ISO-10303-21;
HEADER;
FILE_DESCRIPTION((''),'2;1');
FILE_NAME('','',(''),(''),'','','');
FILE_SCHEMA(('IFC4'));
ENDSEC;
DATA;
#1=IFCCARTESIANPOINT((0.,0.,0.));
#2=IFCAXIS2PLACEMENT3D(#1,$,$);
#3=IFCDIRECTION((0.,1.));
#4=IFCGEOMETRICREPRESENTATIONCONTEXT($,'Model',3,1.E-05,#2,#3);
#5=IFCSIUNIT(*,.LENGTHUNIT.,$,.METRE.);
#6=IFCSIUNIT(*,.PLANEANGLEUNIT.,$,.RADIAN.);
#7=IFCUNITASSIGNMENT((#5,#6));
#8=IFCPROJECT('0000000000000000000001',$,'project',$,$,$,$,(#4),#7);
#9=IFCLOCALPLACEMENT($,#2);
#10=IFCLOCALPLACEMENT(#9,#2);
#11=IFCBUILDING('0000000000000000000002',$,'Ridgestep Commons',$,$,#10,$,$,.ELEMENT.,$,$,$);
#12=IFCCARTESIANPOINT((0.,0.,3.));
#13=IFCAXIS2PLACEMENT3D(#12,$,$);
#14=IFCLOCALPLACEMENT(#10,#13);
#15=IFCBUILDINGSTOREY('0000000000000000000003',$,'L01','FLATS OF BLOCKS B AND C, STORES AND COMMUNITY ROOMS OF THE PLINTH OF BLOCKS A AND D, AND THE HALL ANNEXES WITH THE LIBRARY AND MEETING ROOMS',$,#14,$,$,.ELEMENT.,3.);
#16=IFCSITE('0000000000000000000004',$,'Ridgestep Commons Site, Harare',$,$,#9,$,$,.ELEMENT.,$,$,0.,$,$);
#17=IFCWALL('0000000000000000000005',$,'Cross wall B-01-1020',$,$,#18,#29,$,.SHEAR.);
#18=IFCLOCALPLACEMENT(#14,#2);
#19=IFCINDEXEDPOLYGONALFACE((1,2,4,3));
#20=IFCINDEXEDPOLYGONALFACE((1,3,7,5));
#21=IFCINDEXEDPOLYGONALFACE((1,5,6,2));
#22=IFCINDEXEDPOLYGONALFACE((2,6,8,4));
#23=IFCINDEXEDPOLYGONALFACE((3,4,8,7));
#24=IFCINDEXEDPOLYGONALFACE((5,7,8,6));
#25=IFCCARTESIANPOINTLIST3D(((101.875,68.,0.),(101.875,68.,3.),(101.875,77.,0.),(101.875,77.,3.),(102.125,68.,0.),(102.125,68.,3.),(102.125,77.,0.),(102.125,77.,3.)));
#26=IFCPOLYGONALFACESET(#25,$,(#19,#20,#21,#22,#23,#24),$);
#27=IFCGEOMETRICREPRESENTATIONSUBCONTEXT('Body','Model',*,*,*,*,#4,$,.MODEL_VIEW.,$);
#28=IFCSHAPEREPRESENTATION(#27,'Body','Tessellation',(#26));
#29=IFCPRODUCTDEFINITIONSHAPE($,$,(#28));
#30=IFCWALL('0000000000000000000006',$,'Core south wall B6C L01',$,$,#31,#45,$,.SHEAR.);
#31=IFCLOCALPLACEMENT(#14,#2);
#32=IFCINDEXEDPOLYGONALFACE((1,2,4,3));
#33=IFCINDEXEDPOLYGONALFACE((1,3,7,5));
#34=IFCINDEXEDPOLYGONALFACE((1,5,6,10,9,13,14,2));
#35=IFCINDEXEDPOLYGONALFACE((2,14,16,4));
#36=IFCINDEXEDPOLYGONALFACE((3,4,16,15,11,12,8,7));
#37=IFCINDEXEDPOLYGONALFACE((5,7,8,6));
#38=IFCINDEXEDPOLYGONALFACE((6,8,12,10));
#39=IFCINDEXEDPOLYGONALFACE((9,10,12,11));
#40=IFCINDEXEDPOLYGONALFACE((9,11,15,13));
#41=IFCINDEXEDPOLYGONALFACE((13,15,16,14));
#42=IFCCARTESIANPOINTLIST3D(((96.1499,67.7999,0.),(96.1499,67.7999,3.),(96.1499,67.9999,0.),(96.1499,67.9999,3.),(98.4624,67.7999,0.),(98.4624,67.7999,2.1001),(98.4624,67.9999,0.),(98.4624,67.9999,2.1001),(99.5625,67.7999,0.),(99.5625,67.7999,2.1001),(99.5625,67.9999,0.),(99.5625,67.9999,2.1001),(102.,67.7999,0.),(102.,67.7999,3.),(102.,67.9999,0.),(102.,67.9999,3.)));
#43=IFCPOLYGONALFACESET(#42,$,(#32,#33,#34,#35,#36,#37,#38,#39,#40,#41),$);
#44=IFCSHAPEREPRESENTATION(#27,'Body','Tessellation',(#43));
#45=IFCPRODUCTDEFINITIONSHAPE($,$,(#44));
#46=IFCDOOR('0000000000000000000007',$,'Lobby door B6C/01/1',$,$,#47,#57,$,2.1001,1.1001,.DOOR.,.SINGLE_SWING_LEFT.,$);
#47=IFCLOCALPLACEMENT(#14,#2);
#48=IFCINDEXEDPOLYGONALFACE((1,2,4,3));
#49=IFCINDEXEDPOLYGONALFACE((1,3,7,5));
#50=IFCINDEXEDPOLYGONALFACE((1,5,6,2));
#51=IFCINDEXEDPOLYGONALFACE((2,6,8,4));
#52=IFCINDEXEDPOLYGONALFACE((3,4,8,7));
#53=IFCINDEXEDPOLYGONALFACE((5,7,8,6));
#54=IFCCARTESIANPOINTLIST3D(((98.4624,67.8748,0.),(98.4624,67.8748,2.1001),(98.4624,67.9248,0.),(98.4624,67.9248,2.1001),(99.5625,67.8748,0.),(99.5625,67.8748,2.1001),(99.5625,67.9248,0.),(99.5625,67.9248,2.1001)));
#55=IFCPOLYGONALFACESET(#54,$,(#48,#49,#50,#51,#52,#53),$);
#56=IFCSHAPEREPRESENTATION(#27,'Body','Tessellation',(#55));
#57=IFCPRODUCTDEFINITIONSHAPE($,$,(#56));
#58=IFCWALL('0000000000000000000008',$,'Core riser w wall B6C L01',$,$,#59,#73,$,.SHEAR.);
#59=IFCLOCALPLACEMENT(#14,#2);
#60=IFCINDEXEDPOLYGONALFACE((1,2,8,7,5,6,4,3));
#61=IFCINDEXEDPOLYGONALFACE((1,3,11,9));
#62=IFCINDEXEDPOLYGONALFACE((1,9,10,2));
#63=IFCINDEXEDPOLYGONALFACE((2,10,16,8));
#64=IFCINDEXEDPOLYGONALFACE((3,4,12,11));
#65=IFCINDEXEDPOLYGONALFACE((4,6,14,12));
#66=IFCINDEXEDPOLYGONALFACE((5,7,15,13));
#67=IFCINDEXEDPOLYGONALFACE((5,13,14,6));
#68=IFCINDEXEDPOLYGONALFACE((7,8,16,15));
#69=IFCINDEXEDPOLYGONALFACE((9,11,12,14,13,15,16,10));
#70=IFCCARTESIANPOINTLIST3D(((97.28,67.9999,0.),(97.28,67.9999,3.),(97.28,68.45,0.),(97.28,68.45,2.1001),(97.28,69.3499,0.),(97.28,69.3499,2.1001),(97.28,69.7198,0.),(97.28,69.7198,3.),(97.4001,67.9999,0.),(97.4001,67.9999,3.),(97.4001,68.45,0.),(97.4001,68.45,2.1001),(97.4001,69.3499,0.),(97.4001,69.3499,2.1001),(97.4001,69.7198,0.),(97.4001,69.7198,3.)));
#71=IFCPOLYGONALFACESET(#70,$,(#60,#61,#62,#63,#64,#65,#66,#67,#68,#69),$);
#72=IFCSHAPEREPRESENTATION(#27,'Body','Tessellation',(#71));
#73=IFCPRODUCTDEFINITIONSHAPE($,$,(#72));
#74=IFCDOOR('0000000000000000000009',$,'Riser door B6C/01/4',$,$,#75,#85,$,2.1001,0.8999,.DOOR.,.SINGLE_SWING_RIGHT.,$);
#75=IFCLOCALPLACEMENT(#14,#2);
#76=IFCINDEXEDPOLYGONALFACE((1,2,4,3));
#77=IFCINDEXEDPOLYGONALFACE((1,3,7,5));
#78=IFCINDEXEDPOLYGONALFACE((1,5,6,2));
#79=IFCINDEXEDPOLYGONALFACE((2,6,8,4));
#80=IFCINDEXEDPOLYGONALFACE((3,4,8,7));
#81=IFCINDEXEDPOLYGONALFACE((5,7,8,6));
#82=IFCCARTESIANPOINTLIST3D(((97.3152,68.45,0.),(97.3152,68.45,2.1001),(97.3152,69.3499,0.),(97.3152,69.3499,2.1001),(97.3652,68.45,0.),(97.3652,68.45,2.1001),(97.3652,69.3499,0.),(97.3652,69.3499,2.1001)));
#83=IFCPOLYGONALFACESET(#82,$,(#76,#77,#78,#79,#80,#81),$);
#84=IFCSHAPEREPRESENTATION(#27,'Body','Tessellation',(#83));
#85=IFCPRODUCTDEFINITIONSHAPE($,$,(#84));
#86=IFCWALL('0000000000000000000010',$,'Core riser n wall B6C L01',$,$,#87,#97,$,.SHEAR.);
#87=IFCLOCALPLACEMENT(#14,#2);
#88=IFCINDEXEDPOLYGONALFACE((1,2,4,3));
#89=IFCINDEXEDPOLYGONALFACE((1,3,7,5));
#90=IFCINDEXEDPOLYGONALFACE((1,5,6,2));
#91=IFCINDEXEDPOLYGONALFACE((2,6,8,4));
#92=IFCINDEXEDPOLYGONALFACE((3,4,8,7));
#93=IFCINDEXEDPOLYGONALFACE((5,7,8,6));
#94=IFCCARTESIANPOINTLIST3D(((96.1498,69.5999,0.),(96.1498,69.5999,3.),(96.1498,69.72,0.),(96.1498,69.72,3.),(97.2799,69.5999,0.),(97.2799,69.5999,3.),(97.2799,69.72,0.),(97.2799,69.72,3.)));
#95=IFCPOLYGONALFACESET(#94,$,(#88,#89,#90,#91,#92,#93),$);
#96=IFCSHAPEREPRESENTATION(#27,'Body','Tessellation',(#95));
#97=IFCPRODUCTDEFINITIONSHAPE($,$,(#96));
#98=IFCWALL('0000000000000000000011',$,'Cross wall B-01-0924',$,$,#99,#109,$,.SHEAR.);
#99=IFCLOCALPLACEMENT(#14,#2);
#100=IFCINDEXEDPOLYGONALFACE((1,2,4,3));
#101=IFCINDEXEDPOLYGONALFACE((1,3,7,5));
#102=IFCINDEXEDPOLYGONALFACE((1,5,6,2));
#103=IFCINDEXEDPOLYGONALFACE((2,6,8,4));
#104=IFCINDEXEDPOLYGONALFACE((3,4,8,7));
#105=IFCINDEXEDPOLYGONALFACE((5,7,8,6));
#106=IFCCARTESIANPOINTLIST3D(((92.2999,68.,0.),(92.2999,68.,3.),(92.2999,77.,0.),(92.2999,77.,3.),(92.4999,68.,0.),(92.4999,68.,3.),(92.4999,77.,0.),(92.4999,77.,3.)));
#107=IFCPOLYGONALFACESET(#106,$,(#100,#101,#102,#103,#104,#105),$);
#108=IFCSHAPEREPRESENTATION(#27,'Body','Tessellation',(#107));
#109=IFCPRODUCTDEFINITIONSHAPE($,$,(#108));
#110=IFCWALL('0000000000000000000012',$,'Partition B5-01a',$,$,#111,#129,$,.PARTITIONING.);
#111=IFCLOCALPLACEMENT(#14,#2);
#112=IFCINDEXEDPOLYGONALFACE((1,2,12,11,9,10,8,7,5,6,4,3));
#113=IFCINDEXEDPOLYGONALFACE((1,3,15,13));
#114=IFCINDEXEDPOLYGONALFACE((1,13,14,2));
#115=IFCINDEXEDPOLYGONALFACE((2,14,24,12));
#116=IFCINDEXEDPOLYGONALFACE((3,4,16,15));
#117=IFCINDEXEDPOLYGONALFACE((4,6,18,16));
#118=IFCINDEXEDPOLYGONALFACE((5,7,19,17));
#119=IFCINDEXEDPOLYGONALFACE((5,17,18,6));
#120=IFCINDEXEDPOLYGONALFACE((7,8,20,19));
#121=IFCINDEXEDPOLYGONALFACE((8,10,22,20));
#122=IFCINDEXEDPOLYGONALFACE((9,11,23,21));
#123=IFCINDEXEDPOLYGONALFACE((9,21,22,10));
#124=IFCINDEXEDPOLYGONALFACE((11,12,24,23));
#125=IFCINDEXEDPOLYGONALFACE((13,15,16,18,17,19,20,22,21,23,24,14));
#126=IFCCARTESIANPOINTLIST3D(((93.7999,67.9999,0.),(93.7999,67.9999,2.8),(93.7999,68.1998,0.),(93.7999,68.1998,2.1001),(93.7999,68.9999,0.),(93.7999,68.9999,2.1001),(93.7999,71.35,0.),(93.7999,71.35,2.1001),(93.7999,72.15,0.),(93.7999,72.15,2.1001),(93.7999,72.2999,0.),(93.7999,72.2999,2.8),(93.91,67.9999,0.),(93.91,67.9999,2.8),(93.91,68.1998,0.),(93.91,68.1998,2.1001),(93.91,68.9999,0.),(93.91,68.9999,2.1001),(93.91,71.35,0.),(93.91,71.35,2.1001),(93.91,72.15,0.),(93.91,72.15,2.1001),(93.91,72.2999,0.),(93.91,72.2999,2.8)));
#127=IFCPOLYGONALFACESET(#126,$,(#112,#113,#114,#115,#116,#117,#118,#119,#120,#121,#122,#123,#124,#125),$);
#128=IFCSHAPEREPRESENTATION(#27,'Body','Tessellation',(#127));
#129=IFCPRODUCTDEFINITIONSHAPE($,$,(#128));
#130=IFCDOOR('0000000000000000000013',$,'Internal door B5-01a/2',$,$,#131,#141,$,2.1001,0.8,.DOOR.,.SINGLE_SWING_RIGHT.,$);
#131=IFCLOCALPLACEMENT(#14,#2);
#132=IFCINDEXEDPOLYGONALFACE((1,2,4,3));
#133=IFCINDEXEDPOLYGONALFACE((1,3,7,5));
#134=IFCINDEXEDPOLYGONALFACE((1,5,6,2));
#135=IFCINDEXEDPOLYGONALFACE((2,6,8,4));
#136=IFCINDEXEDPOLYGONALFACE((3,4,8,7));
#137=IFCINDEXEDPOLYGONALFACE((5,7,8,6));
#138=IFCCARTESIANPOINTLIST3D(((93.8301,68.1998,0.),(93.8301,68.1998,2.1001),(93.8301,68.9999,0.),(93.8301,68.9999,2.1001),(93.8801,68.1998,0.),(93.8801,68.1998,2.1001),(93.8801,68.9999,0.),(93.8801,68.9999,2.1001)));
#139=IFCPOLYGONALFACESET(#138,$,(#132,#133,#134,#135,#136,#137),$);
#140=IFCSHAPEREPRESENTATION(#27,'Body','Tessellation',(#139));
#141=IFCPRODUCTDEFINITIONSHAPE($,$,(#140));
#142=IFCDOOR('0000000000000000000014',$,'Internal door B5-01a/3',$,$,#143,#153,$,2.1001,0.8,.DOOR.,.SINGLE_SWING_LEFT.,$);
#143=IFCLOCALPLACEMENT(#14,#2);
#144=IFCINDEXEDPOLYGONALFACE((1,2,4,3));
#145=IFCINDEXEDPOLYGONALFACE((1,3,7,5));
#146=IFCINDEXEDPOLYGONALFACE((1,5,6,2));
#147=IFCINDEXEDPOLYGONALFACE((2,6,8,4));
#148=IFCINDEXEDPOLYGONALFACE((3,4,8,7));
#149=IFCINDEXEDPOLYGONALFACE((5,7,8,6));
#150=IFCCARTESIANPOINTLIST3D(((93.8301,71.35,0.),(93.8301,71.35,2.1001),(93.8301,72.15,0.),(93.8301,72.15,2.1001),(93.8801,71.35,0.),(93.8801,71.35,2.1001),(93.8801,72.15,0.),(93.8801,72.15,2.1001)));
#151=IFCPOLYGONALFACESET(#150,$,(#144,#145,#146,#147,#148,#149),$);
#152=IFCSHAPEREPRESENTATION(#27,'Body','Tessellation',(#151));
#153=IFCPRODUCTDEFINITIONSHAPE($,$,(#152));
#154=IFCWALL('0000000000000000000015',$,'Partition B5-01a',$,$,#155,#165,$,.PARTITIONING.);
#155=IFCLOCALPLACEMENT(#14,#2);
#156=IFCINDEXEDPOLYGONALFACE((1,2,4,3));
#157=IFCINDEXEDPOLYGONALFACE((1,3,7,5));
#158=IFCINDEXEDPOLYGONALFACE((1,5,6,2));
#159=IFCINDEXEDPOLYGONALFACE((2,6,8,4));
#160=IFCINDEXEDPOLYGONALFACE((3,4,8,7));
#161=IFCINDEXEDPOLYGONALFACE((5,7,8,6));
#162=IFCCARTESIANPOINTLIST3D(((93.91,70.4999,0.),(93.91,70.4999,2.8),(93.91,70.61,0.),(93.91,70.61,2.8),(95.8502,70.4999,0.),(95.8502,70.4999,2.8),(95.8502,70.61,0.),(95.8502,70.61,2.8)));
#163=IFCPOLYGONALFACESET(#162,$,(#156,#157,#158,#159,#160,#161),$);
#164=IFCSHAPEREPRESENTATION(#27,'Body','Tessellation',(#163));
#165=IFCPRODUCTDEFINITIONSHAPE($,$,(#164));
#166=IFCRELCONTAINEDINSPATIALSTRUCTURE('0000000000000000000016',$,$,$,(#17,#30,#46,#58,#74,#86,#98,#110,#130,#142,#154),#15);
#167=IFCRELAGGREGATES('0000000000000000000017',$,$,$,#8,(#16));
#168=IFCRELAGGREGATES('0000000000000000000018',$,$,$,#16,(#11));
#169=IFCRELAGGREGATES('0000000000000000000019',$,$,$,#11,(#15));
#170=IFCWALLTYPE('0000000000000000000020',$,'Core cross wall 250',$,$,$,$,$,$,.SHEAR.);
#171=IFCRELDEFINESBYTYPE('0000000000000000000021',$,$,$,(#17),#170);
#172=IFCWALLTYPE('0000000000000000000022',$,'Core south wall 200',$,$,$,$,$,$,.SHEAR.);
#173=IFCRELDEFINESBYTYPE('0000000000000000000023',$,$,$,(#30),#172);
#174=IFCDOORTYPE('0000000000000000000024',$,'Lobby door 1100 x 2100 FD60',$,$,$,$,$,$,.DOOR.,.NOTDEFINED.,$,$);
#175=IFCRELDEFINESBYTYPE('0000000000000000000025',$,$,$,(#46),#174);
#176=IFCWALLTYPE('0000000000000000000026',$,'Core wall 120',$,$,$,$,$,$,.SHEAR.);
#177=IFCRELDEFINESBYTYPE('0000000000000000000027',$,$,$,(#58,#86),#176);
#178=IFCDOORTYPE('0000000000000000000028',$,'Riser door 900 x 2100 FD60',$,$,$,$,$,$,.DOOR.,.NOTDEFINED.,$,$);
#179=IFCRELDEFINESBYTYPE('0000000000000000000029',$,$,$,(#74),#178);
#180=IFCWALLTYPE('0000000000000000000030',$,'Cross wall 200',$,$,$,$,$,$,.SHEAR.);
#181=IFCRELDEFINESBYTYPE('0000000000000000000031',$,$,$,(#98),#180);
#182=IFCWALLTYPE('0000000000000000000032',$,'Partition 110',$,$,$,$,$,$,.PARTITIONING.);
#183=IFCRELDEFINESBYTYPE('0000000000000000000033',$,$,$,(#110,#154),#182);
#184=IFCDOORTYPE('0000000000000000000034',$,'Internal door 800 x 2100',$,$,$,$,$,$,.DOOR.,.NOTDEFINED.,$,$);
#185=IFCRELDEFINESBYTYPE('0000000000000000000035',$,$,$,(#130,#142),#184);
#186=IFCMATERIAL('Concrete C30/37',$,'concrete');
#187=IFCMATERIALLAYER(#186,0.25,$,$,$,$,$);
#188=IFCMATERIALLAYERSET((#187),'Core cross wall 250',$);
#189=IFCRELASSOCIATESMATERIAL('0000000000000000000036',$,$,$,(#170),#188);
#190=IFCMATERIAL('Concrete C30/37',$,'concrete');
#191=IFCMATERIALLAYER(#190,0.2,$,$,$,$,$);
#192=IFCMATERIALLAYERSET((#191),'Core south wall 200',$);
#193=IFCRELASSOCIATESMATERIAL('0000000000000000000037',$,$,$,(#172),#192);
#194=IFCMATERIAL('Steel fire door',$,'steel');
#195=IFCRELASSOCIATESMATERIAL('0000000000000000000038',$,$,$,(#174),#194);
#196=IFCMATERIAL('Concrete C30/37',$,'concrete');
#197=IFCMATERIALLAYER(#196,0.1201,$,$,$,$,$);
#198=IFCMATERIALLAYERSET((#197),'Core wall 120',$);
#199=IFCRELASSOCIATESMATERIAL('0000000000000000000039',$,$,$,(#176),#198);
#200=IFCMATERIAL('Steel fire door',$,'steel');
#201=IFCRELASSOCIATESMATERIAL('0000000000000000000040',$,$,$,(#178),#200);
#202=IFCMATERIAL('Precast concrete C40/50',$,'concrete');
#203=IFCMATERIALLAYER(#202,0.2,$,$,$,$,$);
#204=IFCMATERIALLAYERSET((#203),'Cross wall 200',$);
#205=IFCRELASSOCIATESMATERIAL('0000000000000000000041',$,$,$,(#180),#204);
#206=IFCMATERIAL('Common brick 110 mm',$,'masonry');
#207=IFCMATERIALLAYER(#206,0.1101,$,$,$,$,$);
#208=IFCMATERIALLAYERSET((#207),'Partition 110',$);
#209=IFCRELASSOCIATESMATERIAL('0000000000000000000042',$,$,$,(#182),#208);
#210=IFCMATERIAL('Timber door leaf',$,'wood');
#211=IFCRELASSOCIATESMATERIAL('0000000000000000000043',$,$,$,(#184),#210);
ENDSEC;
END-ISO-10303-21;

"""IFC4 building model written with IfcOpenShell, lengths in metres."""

from ifc_helpers import new_model, si_unit, direction, frame, frame_2d, origin, place, context, subcontext, project, spatial, rectangle, extrude, material, layer, layer_set, type_object, element, fill, save


model = new_model("IFC4")

# Units and contexts
model_context = context("Model", 3, precision=1e-05, world=origin(), true_north=direction((0.0, 1.0)))
body_context = subcontext(model_context, "Body", "Model", "MODEL_VIEW")
ifc_project = project(units=[si_unit("LENGTHUNIT", "METRE"), si_unit("PLANEANGLEUNIT", "RADIAN")], contexts=[model_context])

# Site, building, storey
site_placement = place(None, origin())
site = spatial("IfcSite", under=ifc_project, at=site_placement, Name="Ridgestep Commons Site, Harare", CompositionType="ELEMENT", RefElevation=0.0)
building_placement = place(site_placement, origin())
building = spatial("IfcBuilding", under=site, at=building_placement, Name="Ridgestep Commons", CompositionType="ELEMENT")
storey_placement = place(building_placement, frame((0.0, 0.0, 3.0)))
storey = spatial("IfcBuildingStorey", under=building, at=storey_placement, Name="L01", Description="FLATS OF BLOCKS B AND C, STORES AND COMMUNITY ROOMS OF THE PLINTH OF BLOCKS A AND D, AND THE HALL ANNEXES WITH THE LIBRARY AND MEETING ROOMS", CompositionType="ELEMENT", Elevation=3.0)

# Wall
ifc_material_1 = material(Name="Concrete C30/37", Category="concrete")
ifc_layer_1 = layer(ifc_material_1, 0.25)
ifc_layer_set_1 = layer_set([ifc_layer_1], Name="Core cross wall 250")
wall_type_1 = type_object("IfcWallType", Name="Core cross wall 250", PredefinedType="SHEAR", material=ifc_layer_set_1)
wall_1_placement = place(storey_placement, frame((102.0, 68.0, 0.0), z_axis=(0.0, 0.0, 1.0), x_axis=(0.0, 1.0, 0.0)))
element("IfcWall", 1, at=wall_1_placement, inside=storey, type_object=wall_type_1, Name="Cross wall B-01-1020", PredefinedType="SHEAR", context=body_context, shape_type="SweptSolid", body=[
    extrude(rectangle(XDim=9.0, YDim=0.25, at=frame_2d((4.5, 0.0))), origin(), (0.0, 0.0, 1.0), 3.0),
])

# Walls, openings, doors
ifc_material_2 = material(Name="Concrete C30/37", Category="concrete")
ifc_layer_2 = layer(ifc_material_2, 0.2)
ifc_layer_set_2 = layer_set([ifc_layer_2], Name="Core south wall 200")
wall_type_2 = type_object("IfcWallType", Name="Core south wall 200", PredefinedType="SHEAR", material=ifc_layer_set_2)
wall_2_placement = place(storey_placement, frame((96.1499, 67.8999, 0.0), z_axis=(0.0, 0.0, 1.0), x_axis=(1.0, 0.0, 0.0)))
wall_2 = element("IfcWall", 2, at=wall_2_placement, inside=storey, type_object=wall_type_2, Name="Core south wall B6C L01", PredefinedType="SHEAR", context=body_context, shape_type="SweptSolid", body=[
    extrude(rectangle(XDim=5.8501, YDim=0.2, at=frame_2d((2.925, 0.0))), origin(), (0.0, 0.0, 1.0), 3.0),
])
opening_1_placement = place(wall_2_placement, frame((2.3125, 0.0, 0.0)))
opening_1 = element("IfcOpeningElement", 3, at=opening_1_placement, cuts=wall_2, PredefinedType="OPENING", context=body_context, shape_type="SweptSolid", body=[
    extrude(rectangle(XDim=1.1001, YDim=2.1001, at=frame_2d((0.55, 1.05))), frame((0.0, 0.1099, 0.0), z_axis=(0.0, -1.0, 0.0), x_axis=(1.0, 0.0, 0.0)), (0.0, 0.0, 1.0), 0.22),
])
ifc_material_3 = material(Name="Steel fire door", Category="steel")
door_type_1 = type_object("IfcDoorType", Name="Lobby door 1100 x 2100 FD60", OperationType="NOTDEFINED", PredefinedType="DOOR", material=ifc_material_3)
door_1_placement = place(opening_1_placement, origin())
door_1 = element("IfcDoor", 4, at=door_1_placement, inside=storey, type_object=door_type_1, Name="Lobby door B6C/01/1", OperationType="SINGLE_SWING_LEFT", OverallHeight=2.1001, OverallWidth=1.1001, PredefinedType="DOOR", context=body_context, shape_type="SweptSolid", body=[
    extrude(rectangle(XDim=1.1001, YDim=2.1001, at=frame_2d((0.55, 1.05))), frame((0.0, 0.0249, 0.0), z_axis=(0.0, -1.0, 0.0), x_axis=(1.0, 0.0, 0.0)), (0.0, 0.0, 1.0), 0.05),
])
fill(opening_1, door_1)
ifc_material_4 = material(Name="Concrete C30/37", Category="concrete")
ifc_layer_3 = layer(ifc_material_4, 0.1201)
ifc_layer_set_3 = layer_set([ifc_layer_3], Name="Core wall 120")
wall_type_3 = type_object("IfcWallType", Name="Core wall 120", PredefinedType="SHEAR", material=ifc_layer_set_3)
wall_3_placement = place(storey_placement, frame((97.3401, 68.0, 0.0), z_axis=(0.0, 0.0, 1.0), x_axis=(0.0, 1.0, 0.0)))
wall_3 = element("IfcWall", 5, at=wall_3_placement, inside=storey, type_object=wall_type_3, Name="Core riser w wall B6C L01", PredefinedType="SHEAR", context=body_context, shape_type="SweptSolid", body=[
    extrude(rectangle(XDim=1.72, YDim=0.1201, at=frame_2d((0.8599, 0.0))), origin(), (0.0, 0.0, 1.0), 3.0),
])
opening_2_placement = place(wall_3_placement, frame((0.45, 0.0, 0.0)))
opening_2 = element("IfcOpeningElement", 6, at=opening_2_placement, cuts=wall_3, PredefinedType="OPENING", context=body_context, shape_type="SweptSolid", body=[
    extrude(rectangle(XDim=0.8999, YDim=2.1001, at=frame_2d((0.45, 1.05))), frame((0.0, 0.0701, 0.0), z_axis=(0.0, -1.0, 0.0), x_axis=(1.0, 0.0, 0.0)), (0.0, 0.0, 1.0), 0.1401),
])
ifc_material_5 = material(Name="Steel fire door", Category="steel")
door_type_2 = type_object("IfcDoorType", Name="Riser door 900 x 2100 FD60", OperationType="NOTDEFINED", PredefinedType="DOOR", material=ifc_material_5)
door_2_placement = place(opening_2_placement, origin())
door_2 = element("IfcDoor", 7, at=door_2_placement, inside=storey, type_object=door_type_2, Name="Riser door B6C/01/4", OperationType="SINGLE_SWING_RIGHT", OverallHeight=2.1001, OverallWidth=0.8999, PredefinedType="DOOR", context=body_context, shape_type="SweptSolid", body=[
    extrude(rectangle(XDim=0.8999, YDim=2.1001, at=frame_2d((0.45, 1.05))), frame((0.0, 0.0249, 0.0), z_axis=(0.0, -1.0, 0.0), x_axis=(1.0, 0.0, 0.0)), (0.0, 0.0, 1.0), 0.05),
])
fill(opening_2, door_2)

# Walls
wall_4_placement = place(storey_placement, frame((96.1499, 69.6599, 0.0), z_axis=(0.0, 0.0, 1.0), x_axis=(1.0, 0.0, 0.0)))
element("IfcWall", 8, at=wall_4_placement, inside=storey, type_object=wall_type_3, Name="Core riser n wall B6C L01", PredefinedType="SHEAR", context=body_context, shape_type="SweptSolid", body=[
    extrude(rectangle(XDim=1.1301, YDim=0.1201, at=frame_2d((0.5649, 0.0))), origin(), (0.0, 0.0, 1.0), 3.0),
])
ifc_material_6 = material(Name="Precast concrete C40/50", Category="concrete")
ifc_layer_4 = layer(ifc_material_6, 0.2)
ifc_layer_set_4 = layer_set([ifc_layer_4], Name="Cross wall 200")
wall_type_4 = type_object("IfcWallType", Name="Cross wall 200", PredefinedType="SHEAR", material=ifc_layer_set_4)
wall_5_placement = place(storey_placement, frame((92.3999, 68.0, 0.0), z_axis=(0.0, 0.0, 1.0), x_axis=(0.0, 1.0, 0.0)))
element("IfcWall", 9, at=wall_5_placement, inside=storey, type_object=wall_type_4, Name="Cross wall B-01-0924", PredefinedType="SHEAR", context=body_context, shape_type="SweptSolid", body=[
    extrude(rectangle(XDim=9.0, YDim=0.2, at=frame_2d((4.5, 0.0))), origin(), (0.0, 0.0, 1.0), 3.0),
])

# Wall, openings, doors
ifc_material_7 = material(Name="Common brick 110 mm", Category="masonry")
ifc_layer_5 = layer(ifc_material_7, 0.1101)
ifc_layer_set_5 = layer_set([ifc_layer_5], Name="Partition 110")
wall_type_5 = type_object("IfcWallType", Name="Partition 110", PredefinedType="PARTITIONING", material=ifc_layer_set_5)
wall_6_placement = place(storey_placement, frame((93.855, 68.0, 0.0), z_axis=(0.0, 0.0, 1.0), x_axis=(0.0, 1.0, 0.0)))
wall_6 = element("IfcWall", 10, at=wall_6_placement, inside=storey, type_object=wall_type_5, Name="Partition B5-01a", PredefinedType="PARTITIONING", context=body_context, shape_type="SweptSolid", body=[
    extrude(rectangle(XDim=4.3, YDim=0.1101, at=frame_2d((2.1499, 0.0))), origin(), (0.0, 0.0, 1.0), 2.8),
])
opening_3_placement = place(wall_6_placement, frame((0.2, 0.0, 0.0)))
opening_3 = element("IfcOpeningElement", 11, at=opening_3_placement, cuts=wall_6, PredefinedType="OPENING", context=body_context, shape_type="SweptSolid", body=[
    extrude(rectangle(XDim=0.8, YDim=2.1001, at=frame_2d((0.3999, 1.05))), frame((0.0, 0.0649, 0.0), z_axis=(0.0, -1.0, 0.0), x_axis=(1.0, 0.0, 0.0)), (0.0, 0.0, 1.0), 0.1301),
])
opening_4_placement = place(wall_6_placement, frame((3.3501, 0.0, 0.0)))
opening_4 = element("IfcOpeningElement", 12, at=opening_4_placement, cuts=wall_6, PredefinedType="OPENING", context=body_context, shape_type="SweptSolid", body=[
    extrude(rectangle(XDim=0.8, YDim=2.1001, at=frame_2d((0.3999, 1.05))), frame((0.0, 0.0649, 0.0), z_axis=(0.0, -1.0, 0.0), x_axis=(1.0, 0.0, 0.0)), (0.0, 0.0, 1.0), 0.1301),
])
ifc_material_8 = material(Name="Timber door leaf", Category="wood")
door_type_3 = type_object("IfcDoorType", Name="Internal door 800 x 2100", OperationType="NOTDEFINED", PredefinedType="DOOR", material=ifc_material_8)
door_3_placement = place(opening_3_placement, origin())
door_3 = element("IfcDoor", 13, at=door_3_placement, inside=storey, type_object=door_type_3, Name="Internal door B5-01a/2", OperationType="SINGLE_SWING_RIGHT", OverallHeight=2.1001, OverallWidth=0.8, PredefinedType="DOOR", context=body_context, shape_type="SweptSolid", body=[
    extrude(rectangle(XDim=0.8, YDim=2.1001, at=frame_2d((0.3999, 1.05))), frame((0.0, 0.0249, 0.0), z_axis=(0.0, -1.0, 0.0), x_axis=(1.0, 0.0, 0.0)), (0.0, 0.0, 1.0), 0.05),
])
fill(opening_3, door_3)
door_4_placement = place(opening_4_placement, origin())
door_4 = element("IfcDoor", 14, at=door_4_placement, inside=storey, type_object=door_type_3, Name="Internal door B5-01a/3", OperationType="SINGLE_SWING_LEFT", OverallHeight=2.1001, OverallWidth=0.8, PredefinedType="DOOR", context=body_context, shape_type="SweptSolid", body=[
    extrude(rectangle(XDim=0.8, YDim=2.1001, at=frame_2d((0.3999, 1.05))), frame((0.0, 0.0249, 0.0), z_axis=(0.0, -1.0, 0.0), x_axis=(1.0, 0.0, 0.0)), (0.0, 0.0, 1.0), 0.05),
])
fill(opening_4, door_4)

# Wall
wall_7_placement = place(storey_placement, frame((93.9099, 70.5549, 0.0), z_axis=(0.0, 0.0, 1.0), x_axis=(1.0, 0.0, 0.0)))
element("IfcWall", 15, at=wall_7_placement, inside=storey, type_object=wall_type_5, Name="Partition B5-01a", PredefinedType="PARTITIONING", context=body_context, shape_type="SweptSolid", body=[
    extrude(rectangle(XDim=1.9402, YDim=0.1101, at=frame_2d((0.9702, 0.0))), origin(), (0.0, 0.0, 1.0), 2.8),
])

save(model, "model.ifc")
